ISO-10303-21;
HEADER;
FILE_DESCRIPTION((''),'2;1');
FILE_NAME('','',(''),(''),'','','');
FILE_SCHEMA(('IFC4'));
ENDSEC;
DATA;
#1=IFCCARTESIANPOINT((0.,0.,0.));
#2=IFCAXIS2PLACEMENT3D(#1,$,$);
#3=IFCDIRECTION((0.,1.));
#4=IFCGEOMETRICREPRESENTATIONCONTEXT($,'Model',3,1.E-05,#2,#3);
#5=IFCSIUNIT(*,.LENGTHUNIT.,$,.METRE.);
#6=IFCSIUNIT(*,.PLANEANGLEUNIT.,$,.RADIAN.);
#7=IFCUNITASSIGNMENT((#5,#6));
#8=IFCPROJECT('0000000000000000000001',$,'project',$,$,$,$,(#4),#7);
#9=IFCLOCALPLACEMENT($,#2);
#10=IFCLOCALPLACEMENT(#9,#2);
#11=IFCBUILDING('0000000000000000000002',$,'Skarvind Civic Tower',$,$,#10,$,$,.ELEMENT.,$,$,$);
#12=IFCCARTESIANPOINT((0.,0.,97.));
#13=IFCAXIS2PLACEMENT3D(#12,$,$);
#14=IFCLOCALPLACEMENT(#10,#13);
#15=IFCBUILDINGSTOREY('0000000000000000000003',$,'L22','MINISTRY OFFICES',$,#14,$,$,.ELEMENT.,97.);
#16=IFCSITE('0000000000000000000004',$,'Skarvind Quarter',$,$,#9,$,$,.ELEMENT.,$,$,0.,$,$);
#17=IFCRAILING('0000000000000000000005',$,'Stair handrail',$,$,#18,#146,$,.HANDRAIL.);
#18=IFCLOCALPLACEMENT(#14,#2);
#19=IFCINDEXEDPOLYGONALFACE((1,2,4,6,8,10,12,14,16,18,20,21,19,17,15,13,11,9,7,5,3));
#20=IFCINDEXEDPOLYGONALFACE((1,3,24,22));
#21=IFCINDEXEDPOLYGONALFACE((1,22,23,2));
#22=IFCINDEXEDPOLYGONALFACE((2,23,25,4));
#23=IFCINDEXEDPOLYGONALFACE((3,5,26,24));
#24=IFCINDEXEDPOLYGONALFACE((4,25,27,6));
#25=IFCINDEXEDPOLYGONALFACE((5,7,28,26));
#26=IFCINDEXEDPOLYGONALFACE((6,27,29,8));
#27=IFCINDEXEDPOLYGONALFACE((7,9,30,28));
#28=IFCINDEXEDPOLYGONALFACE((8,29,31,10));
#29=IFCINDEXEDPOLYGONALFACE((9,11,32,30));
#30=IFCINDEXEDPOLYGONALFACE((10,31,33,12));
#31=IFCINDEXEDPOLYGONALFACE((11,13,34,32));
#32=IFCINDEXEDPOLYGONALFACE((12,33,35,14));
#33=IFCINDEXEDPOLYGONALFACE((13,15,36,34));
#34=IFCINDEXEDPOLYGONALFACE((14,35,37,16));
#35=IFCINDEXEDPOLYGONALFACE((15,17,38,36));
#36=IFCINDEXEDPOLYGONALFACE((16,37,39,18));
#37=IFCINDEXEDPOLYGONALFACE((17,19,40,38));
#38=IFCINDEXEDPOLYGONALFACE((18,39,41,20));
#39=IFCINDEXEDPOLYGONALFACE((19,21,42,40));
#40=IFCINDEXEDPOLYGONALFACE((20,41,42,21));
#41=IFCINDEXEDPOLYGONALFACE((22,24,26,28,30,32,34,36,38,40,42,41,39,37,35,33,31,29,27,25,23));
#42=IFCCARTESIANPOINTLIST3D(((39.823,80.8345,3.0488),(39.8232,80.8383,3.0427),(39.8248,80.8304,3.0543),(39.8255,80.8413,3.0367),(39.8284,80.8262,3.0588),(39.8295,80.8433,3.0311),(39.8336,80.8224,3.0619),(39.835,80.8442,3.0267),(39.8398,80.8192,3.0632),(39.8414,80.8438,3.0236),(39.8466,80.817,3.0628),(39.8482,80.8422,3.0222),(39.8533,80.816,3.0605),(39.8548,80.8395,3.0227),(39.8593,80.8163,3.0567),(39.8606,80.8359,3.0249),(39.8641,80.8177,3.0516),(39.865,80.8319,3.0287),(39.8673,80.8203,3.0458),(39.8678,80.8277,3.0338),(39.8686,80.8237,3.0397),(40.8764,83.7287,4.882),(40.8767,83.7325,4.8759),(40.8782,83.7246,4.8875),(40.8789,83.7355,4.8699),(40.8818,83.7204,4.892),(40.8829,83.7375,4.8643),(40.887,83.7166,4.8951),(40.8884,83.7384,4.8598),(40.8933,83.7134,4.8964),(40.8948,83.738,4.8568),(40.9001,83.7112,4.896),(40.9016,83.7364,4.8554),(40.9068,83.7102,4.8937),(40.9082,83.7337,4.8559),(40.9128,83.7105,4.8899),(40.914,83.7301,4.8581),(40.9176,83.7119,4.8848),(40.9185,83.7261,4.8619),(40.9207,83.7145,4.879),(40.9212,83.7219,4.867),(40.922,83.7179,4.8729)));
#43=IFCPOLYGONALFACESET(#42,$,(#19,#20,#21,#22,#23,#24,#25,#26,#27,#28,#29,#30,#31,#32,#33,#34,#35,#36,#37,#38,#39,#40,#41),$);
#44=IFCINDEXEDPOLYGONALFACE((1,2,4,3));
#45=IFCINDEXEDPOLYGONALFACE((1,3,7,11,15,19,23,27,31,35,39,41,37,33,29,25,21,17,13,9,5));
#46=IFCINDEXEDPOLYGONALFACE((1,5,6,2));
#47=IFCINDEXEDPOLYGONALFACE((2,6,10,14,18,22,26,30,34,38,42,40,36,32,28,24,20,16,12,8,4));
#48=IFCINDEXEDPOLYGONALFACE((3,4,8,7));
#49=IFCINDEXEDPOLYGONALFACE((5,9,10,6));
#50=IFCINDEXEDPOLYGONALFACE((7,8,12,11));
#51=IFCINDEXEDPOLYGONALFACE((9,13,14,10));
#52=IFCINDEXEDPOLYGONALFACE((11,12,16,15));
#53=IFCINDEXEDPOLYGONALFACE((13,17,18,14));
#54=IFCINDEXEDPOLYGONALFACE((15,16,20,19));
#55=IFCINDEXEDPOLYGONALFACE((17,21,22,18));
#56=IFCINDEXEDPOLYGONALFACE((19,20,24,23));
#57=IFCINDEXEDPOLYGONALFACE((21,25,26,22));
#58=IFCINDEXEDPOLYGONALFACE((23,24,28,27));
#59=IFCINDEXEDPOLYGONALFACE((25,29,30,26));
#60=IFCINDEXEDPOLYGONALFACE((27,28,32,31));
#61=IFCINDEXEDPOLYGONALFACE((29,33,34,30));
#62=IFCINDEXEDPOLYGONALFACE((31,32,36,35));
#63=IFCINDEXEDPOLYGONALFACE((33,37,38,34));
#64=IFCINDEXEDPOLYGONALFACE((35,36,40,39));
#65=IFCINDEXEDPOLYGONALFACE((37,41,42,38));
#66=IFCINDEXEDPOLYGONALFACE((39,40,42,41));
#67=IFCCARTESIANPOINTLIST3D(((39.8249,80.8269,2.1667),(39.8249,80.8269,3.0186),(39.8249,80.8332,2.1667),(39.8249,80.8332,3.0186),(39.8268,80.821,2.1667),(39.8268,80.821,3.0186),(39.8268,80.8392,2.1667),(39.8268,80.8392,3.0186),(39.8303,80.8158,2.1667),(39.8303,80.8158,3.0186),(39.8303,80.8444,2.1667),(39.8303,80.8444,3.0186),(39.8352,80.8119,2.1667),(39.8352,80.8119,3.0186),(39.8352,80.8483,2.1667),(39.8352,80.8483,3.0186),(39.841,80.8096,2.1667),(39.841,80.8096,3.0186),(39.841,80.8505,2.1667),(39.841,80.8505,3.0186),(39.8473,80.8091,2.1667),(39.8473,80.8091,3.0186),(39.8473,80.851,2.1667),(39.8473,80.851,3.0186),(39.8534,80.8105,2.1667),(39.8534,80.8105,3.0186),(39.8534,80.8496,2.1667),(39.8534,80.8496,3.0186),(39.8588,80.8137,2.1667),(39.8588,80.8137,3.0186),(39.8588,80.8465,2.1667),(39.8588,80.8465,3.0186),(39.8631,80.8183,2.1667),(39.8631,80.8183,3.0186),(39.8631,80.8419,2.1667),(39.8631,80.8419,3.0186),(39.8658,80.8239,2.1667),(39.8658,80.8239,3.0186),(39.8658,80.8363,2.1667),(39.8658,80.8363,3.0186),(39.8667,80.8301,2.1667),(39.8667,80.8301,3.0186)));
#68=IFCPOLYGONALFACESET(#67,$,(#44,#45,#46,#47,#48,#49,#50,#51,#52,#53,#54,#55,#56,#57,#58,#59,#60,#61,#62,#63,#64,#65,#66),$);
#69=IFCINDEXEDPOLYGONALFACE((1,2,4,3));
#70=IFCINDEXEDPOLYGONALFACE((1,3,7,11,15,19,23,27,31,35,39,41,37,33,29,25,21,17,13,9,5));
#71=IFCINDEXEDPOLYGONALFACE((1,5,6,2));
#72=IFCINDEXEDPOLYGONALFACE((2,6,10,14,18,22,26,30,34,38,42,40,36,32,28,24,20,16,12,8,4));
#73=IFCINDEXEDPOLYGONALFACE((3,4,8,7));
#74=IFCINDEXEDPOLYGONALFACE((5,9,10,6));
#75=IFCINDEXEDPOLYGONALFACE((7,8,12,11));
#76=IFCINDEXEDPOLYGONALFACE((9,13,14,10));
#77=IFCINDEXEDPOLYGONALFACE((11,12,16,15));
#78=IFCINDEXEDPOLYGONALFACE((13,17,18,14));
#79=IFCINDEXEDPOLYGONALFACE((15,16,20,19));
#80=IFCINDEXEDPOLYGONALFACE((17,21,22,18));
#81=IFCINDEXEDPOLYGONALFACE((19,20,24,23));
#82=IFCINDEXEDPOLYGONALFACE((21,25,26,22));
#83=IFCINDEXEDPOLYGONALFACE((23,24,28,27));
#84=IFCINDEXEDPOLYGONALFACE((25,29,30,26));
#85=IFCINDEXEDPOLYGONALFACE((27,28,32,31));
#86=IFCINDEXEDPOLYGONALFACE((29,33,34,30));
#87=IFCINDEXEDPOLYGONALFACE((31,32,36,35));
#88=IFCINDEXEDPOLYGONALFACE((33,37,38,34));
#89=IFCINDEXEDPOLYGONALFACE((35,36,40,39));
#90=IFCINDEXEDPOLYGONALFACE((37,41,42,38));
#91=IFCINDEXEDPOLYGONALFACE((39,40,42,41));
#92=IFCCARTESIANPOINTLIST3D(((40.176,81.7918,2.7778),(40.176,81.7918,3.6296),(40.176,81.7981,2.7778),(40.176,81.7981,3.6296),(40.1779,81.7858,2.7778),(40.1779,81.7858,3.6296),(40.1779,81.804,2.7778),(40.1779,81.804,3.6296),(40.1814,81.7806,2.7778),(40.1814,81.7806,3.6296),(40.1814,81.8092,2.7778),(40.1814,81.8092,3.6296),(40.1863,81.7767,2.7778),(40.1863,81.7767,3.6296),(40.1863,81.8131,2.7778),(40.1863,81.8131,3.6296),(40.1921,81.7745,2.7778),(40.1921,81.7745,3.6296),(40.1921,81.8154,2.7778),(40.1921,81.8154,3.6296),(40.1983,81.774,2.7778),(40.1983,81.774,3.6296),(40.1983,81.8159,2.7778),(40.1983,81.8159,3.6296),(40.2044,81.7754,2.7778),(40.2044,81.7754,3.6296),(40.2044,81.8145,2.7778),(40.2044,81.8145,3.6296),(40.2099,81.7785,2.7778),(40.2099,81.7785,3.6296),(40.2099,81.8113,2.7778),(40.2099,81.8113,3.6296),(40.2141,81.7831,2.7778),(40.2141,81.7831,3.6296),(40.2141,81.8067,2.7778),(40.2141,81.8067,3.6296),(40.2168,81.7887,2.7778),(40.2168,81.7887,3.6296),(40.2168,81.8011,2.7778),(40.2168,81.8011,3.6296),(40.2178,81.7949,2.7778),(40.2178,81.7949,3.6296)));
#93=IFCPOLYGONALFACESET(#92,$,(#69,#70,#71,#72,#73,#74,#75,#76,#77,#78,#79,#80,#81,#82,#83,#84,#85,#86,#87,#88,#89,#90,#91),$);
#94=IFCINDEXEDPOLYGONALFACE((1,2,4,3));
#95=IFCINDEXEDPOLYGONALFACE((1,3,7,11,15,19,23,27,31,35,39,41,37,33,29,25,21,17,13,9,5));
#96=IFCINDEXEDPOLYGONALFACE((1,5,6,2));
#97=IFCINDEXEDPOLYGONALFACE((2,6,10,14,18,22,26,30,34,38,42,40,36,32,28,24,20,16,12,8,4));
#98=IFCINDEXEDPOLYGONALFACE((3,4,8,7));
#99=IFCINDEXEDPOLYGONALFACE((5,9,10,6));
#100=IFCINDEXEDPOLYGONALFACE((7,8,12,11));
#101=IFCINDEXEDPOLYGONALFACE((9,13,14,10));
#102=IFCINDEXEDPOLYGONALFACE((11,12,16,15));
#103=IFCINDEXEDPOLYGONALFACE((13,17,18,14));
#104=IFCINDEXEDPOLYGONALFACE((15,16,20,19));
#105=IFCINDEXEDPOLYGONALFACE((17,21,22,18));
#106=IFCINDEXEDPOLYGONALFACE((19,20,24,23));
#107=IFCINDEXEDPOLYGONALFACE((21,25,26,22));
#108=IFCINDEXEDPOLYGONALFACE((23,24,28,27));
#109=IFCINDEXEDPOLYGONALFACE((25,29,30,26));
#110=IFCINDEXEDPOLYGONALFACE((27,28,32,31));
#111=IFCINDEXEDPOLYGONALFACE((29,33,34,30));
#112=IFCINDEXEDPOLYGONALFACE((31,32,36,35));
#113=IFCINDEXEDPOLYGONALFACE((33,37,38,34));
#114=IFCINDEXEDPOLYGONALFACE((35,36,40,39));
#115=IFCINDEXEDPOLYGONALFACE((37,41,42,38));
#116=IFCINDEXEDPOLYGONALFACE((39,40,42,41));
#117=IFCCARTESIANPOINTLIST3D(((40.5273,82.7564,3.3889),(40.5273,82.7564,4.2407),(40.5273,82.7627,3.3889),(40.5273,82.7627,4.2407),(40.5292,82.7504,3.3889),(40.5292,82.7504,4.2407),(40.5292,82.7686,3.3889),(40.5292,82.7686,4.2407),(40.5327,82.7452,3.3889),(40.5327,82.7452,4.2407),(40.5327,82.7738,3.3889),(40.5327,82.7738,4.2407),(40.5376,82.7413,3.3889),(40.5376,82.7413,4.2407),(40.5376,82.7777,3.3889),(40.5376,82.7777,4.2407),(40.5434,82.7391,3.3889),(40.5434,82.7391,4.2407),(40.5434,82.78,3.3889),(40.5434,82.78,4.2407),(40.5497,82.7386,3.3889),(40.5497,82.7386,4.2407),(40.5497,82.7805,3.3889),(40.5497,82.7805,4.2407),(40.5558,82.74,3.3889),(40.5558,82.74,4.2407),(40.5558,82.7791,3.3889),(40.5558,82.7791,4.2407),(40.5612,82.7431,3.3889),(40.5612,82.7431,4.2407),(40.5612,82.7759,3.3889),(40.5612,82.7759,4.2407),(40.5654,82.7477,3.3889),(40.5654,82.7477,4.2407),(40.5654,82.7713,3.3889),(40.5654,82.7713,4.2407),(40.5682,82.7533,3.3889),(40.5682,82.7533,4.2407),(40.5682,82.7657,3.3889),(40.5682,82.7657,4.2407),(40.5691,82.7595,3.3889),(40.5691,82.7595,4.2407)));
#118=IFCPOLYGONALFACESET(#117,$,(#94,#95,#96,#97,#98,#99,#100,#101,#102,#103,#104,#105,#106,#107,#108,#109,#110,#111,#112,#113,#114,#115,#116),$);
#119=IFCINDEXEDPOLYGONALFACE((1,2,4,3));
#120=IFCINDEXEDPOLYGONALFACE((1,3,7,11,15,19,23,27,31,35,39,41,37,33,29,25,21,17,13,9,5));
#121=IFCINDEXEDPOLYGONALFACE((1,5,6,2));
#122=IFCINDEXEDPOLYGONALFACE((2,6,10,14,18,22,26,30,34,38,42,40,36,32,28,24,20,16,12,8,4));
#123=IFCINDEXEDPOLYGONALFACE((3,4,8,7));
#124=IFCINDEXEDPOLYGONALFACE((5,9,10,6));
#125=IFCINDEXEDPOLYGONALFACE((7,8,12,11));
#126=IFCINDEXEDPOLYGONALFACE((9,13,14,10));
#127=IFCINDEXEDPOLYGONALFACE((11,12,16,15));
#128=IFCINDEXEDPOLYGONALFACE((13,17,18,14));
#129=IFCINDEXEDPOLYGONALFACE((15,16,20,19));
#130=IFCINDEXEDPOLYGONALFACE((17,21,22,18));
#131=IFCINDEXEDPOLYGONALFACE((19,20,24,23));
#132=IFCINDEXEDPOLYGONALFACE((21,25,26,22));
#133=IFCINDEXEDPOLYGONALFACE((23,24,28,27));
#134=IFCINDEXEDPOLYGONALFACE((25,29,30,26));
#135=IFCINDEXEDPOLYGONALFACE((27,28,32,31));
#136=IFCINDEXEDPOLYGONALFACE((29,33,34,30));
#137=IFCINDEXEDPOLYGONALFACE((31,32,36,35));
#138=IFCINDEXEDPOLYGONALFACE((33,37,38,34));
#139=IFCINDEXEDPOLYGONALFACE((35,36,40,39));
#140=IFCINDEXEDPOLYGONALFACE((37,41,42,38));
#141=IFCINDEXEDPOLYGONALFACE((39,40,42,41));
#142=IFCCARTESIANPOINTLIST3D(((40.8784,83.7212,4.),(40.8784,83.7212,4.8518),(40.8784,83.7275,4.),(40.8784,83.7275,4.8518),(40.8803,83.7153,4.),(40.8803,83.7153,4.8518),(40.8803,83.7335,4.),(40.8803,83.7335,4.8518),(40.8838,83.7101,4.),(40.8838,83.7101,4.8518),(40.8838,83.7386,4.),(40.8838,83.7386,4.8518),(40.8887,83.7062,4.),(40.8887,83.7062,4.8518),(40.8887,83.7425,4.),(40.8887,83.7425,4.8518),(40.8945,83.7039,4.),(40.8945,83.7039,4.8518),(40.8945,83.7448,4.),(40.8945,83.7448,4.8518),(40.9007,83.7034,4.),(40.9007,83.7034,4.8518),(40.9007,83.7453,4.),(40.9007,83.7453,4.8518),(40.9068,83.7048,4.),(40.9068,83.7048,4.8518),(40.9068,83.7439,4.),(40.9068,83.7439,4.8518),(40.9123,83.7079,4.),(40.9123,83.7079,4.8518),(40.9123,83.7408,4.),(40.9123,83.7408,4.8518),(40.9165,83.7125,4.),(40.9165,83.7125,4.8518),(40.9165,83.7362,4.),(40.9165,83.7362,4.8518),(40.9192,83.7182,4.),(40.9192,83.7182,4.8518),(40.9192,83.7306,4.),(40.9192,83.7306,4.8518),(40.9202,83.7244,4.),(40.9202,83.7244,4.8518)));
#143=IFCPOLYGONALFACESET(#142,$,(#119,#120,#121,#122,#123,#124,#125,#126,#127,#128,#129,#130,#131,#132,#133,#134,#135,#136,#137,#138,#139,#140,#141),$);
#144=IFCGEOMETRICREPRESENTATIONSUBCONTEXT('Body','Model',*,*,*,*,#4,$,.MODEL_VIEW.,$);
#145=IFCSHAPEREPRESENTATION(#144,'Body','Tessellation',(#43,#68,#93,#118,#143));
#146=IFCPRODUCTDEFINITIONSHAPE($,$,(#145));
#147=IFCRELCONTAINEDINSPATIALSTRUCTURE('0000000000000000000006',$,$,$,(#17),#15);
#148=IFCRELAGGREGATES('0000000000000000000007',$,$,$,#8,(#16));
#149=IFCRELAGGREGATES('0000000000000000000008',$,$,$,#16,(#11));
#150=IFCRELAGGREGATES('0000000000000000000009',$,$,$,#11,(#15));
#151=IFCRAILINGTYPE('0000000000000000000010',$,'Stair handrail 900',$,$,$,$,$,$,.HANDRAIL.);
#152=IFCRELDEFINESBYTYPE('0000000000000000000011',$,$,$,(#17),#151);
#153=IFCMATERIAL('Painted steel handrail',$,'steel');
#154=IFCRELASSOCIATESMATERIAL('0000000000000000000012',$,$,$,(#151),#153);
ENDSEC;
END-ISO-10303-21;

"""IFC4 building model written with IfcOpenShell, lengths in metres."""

from ifc_helpers import new_model, si_unit, direction, frame, origin, origin_2d, place, context, subcontext, project, spatial, circle, extrude, material, type_object, element, save


model = new_model("IFC4")

# Units and contexts
model_context = context("Model", 3, precision=1e-05, world=origin(), true_north=direction((0.0, 1.0)))
body_context = subcontext(model_context, "Body", "Model", "MODEL_VIEW")
ifc_project = project(units=[si_unit("LENGTHUNIT", "METRE"), si_unit("PLANEANGLEUNIT", "RADIAN")], contexts=[model_context])

# Site, building, storey
site_placement = place(None, origin())
site = spatial("IfcSite", under=ifc_project, at=site_placement, Name="Skarvind Quarter", CompositionType="ELEMENT", RefElevation=0.0)
building_placement = place(site_placement, origin())
building = spatial("IfcBuilding", under=site, at=building_placement, Name="Skarvind Civic Tower", CompositionType="ELEMENT")
storey_placement = place(building_placement, frame((0.0, 0.0, 97.0)))
storey = spatial("IfcBuildingStorey", under=building, at=storey_placement, Name="L22", Description="MINISTRY OFFICES", CompositionType="ELEMENT", Elevation=97.0)

# Railing
ifc_material_1 = material(Name="Painted steel handrail", Category="steel")
railing_type = type_object("IfcRailingType", Name="Stair handrail 900", PredefinedType="HANDRAIL", material=ifc_material_1)
railing_1_placement = place(storey_placement, frame((39.8457, 80.8301, 2.1667)))
element("IfcRailing", 1, at=railing_1_placement, inside=storey, type_object=railing_type, Name="Stair handrail", PredefinedType="HANDRAIL", context=body_context, shape_type="SweptSolid", body=[
    extrude(circle(Radius=0.0239, at=origin_2d()), frame((0.0, 0.0, 0.876), z_axis=(0.293908, 0.807481, 0.511461), x_axis=(-0.939689, 0.342029, 0.0)), (0.0, 0.0, 1.0), 3.5842),
    extrude(circle(Radius=0.021, at=origin_2d()), origin(), (0.0, 0.0, 1.0), 0.8518),
    extrude(circle(Radius=0.021, at=origin_2d()), frame((0.3511, 0.9648, 0.6111)), (0.0, 0.0, 1.0), 0.8518),
    extrude(circle(Radius=0.021, at=origin_2d()), frame((0.7024, 1.9294, 1.2222)), (0.0, 0.0, 1.0), 0.8518),
    extrude(circle(Radius=0.021, at=origin_2d()), frame((1.0535, 2.8943, 1.8333)), (0.0, 0.0, 1.0), 0.8518),
])

save(model, "model.ifc")
